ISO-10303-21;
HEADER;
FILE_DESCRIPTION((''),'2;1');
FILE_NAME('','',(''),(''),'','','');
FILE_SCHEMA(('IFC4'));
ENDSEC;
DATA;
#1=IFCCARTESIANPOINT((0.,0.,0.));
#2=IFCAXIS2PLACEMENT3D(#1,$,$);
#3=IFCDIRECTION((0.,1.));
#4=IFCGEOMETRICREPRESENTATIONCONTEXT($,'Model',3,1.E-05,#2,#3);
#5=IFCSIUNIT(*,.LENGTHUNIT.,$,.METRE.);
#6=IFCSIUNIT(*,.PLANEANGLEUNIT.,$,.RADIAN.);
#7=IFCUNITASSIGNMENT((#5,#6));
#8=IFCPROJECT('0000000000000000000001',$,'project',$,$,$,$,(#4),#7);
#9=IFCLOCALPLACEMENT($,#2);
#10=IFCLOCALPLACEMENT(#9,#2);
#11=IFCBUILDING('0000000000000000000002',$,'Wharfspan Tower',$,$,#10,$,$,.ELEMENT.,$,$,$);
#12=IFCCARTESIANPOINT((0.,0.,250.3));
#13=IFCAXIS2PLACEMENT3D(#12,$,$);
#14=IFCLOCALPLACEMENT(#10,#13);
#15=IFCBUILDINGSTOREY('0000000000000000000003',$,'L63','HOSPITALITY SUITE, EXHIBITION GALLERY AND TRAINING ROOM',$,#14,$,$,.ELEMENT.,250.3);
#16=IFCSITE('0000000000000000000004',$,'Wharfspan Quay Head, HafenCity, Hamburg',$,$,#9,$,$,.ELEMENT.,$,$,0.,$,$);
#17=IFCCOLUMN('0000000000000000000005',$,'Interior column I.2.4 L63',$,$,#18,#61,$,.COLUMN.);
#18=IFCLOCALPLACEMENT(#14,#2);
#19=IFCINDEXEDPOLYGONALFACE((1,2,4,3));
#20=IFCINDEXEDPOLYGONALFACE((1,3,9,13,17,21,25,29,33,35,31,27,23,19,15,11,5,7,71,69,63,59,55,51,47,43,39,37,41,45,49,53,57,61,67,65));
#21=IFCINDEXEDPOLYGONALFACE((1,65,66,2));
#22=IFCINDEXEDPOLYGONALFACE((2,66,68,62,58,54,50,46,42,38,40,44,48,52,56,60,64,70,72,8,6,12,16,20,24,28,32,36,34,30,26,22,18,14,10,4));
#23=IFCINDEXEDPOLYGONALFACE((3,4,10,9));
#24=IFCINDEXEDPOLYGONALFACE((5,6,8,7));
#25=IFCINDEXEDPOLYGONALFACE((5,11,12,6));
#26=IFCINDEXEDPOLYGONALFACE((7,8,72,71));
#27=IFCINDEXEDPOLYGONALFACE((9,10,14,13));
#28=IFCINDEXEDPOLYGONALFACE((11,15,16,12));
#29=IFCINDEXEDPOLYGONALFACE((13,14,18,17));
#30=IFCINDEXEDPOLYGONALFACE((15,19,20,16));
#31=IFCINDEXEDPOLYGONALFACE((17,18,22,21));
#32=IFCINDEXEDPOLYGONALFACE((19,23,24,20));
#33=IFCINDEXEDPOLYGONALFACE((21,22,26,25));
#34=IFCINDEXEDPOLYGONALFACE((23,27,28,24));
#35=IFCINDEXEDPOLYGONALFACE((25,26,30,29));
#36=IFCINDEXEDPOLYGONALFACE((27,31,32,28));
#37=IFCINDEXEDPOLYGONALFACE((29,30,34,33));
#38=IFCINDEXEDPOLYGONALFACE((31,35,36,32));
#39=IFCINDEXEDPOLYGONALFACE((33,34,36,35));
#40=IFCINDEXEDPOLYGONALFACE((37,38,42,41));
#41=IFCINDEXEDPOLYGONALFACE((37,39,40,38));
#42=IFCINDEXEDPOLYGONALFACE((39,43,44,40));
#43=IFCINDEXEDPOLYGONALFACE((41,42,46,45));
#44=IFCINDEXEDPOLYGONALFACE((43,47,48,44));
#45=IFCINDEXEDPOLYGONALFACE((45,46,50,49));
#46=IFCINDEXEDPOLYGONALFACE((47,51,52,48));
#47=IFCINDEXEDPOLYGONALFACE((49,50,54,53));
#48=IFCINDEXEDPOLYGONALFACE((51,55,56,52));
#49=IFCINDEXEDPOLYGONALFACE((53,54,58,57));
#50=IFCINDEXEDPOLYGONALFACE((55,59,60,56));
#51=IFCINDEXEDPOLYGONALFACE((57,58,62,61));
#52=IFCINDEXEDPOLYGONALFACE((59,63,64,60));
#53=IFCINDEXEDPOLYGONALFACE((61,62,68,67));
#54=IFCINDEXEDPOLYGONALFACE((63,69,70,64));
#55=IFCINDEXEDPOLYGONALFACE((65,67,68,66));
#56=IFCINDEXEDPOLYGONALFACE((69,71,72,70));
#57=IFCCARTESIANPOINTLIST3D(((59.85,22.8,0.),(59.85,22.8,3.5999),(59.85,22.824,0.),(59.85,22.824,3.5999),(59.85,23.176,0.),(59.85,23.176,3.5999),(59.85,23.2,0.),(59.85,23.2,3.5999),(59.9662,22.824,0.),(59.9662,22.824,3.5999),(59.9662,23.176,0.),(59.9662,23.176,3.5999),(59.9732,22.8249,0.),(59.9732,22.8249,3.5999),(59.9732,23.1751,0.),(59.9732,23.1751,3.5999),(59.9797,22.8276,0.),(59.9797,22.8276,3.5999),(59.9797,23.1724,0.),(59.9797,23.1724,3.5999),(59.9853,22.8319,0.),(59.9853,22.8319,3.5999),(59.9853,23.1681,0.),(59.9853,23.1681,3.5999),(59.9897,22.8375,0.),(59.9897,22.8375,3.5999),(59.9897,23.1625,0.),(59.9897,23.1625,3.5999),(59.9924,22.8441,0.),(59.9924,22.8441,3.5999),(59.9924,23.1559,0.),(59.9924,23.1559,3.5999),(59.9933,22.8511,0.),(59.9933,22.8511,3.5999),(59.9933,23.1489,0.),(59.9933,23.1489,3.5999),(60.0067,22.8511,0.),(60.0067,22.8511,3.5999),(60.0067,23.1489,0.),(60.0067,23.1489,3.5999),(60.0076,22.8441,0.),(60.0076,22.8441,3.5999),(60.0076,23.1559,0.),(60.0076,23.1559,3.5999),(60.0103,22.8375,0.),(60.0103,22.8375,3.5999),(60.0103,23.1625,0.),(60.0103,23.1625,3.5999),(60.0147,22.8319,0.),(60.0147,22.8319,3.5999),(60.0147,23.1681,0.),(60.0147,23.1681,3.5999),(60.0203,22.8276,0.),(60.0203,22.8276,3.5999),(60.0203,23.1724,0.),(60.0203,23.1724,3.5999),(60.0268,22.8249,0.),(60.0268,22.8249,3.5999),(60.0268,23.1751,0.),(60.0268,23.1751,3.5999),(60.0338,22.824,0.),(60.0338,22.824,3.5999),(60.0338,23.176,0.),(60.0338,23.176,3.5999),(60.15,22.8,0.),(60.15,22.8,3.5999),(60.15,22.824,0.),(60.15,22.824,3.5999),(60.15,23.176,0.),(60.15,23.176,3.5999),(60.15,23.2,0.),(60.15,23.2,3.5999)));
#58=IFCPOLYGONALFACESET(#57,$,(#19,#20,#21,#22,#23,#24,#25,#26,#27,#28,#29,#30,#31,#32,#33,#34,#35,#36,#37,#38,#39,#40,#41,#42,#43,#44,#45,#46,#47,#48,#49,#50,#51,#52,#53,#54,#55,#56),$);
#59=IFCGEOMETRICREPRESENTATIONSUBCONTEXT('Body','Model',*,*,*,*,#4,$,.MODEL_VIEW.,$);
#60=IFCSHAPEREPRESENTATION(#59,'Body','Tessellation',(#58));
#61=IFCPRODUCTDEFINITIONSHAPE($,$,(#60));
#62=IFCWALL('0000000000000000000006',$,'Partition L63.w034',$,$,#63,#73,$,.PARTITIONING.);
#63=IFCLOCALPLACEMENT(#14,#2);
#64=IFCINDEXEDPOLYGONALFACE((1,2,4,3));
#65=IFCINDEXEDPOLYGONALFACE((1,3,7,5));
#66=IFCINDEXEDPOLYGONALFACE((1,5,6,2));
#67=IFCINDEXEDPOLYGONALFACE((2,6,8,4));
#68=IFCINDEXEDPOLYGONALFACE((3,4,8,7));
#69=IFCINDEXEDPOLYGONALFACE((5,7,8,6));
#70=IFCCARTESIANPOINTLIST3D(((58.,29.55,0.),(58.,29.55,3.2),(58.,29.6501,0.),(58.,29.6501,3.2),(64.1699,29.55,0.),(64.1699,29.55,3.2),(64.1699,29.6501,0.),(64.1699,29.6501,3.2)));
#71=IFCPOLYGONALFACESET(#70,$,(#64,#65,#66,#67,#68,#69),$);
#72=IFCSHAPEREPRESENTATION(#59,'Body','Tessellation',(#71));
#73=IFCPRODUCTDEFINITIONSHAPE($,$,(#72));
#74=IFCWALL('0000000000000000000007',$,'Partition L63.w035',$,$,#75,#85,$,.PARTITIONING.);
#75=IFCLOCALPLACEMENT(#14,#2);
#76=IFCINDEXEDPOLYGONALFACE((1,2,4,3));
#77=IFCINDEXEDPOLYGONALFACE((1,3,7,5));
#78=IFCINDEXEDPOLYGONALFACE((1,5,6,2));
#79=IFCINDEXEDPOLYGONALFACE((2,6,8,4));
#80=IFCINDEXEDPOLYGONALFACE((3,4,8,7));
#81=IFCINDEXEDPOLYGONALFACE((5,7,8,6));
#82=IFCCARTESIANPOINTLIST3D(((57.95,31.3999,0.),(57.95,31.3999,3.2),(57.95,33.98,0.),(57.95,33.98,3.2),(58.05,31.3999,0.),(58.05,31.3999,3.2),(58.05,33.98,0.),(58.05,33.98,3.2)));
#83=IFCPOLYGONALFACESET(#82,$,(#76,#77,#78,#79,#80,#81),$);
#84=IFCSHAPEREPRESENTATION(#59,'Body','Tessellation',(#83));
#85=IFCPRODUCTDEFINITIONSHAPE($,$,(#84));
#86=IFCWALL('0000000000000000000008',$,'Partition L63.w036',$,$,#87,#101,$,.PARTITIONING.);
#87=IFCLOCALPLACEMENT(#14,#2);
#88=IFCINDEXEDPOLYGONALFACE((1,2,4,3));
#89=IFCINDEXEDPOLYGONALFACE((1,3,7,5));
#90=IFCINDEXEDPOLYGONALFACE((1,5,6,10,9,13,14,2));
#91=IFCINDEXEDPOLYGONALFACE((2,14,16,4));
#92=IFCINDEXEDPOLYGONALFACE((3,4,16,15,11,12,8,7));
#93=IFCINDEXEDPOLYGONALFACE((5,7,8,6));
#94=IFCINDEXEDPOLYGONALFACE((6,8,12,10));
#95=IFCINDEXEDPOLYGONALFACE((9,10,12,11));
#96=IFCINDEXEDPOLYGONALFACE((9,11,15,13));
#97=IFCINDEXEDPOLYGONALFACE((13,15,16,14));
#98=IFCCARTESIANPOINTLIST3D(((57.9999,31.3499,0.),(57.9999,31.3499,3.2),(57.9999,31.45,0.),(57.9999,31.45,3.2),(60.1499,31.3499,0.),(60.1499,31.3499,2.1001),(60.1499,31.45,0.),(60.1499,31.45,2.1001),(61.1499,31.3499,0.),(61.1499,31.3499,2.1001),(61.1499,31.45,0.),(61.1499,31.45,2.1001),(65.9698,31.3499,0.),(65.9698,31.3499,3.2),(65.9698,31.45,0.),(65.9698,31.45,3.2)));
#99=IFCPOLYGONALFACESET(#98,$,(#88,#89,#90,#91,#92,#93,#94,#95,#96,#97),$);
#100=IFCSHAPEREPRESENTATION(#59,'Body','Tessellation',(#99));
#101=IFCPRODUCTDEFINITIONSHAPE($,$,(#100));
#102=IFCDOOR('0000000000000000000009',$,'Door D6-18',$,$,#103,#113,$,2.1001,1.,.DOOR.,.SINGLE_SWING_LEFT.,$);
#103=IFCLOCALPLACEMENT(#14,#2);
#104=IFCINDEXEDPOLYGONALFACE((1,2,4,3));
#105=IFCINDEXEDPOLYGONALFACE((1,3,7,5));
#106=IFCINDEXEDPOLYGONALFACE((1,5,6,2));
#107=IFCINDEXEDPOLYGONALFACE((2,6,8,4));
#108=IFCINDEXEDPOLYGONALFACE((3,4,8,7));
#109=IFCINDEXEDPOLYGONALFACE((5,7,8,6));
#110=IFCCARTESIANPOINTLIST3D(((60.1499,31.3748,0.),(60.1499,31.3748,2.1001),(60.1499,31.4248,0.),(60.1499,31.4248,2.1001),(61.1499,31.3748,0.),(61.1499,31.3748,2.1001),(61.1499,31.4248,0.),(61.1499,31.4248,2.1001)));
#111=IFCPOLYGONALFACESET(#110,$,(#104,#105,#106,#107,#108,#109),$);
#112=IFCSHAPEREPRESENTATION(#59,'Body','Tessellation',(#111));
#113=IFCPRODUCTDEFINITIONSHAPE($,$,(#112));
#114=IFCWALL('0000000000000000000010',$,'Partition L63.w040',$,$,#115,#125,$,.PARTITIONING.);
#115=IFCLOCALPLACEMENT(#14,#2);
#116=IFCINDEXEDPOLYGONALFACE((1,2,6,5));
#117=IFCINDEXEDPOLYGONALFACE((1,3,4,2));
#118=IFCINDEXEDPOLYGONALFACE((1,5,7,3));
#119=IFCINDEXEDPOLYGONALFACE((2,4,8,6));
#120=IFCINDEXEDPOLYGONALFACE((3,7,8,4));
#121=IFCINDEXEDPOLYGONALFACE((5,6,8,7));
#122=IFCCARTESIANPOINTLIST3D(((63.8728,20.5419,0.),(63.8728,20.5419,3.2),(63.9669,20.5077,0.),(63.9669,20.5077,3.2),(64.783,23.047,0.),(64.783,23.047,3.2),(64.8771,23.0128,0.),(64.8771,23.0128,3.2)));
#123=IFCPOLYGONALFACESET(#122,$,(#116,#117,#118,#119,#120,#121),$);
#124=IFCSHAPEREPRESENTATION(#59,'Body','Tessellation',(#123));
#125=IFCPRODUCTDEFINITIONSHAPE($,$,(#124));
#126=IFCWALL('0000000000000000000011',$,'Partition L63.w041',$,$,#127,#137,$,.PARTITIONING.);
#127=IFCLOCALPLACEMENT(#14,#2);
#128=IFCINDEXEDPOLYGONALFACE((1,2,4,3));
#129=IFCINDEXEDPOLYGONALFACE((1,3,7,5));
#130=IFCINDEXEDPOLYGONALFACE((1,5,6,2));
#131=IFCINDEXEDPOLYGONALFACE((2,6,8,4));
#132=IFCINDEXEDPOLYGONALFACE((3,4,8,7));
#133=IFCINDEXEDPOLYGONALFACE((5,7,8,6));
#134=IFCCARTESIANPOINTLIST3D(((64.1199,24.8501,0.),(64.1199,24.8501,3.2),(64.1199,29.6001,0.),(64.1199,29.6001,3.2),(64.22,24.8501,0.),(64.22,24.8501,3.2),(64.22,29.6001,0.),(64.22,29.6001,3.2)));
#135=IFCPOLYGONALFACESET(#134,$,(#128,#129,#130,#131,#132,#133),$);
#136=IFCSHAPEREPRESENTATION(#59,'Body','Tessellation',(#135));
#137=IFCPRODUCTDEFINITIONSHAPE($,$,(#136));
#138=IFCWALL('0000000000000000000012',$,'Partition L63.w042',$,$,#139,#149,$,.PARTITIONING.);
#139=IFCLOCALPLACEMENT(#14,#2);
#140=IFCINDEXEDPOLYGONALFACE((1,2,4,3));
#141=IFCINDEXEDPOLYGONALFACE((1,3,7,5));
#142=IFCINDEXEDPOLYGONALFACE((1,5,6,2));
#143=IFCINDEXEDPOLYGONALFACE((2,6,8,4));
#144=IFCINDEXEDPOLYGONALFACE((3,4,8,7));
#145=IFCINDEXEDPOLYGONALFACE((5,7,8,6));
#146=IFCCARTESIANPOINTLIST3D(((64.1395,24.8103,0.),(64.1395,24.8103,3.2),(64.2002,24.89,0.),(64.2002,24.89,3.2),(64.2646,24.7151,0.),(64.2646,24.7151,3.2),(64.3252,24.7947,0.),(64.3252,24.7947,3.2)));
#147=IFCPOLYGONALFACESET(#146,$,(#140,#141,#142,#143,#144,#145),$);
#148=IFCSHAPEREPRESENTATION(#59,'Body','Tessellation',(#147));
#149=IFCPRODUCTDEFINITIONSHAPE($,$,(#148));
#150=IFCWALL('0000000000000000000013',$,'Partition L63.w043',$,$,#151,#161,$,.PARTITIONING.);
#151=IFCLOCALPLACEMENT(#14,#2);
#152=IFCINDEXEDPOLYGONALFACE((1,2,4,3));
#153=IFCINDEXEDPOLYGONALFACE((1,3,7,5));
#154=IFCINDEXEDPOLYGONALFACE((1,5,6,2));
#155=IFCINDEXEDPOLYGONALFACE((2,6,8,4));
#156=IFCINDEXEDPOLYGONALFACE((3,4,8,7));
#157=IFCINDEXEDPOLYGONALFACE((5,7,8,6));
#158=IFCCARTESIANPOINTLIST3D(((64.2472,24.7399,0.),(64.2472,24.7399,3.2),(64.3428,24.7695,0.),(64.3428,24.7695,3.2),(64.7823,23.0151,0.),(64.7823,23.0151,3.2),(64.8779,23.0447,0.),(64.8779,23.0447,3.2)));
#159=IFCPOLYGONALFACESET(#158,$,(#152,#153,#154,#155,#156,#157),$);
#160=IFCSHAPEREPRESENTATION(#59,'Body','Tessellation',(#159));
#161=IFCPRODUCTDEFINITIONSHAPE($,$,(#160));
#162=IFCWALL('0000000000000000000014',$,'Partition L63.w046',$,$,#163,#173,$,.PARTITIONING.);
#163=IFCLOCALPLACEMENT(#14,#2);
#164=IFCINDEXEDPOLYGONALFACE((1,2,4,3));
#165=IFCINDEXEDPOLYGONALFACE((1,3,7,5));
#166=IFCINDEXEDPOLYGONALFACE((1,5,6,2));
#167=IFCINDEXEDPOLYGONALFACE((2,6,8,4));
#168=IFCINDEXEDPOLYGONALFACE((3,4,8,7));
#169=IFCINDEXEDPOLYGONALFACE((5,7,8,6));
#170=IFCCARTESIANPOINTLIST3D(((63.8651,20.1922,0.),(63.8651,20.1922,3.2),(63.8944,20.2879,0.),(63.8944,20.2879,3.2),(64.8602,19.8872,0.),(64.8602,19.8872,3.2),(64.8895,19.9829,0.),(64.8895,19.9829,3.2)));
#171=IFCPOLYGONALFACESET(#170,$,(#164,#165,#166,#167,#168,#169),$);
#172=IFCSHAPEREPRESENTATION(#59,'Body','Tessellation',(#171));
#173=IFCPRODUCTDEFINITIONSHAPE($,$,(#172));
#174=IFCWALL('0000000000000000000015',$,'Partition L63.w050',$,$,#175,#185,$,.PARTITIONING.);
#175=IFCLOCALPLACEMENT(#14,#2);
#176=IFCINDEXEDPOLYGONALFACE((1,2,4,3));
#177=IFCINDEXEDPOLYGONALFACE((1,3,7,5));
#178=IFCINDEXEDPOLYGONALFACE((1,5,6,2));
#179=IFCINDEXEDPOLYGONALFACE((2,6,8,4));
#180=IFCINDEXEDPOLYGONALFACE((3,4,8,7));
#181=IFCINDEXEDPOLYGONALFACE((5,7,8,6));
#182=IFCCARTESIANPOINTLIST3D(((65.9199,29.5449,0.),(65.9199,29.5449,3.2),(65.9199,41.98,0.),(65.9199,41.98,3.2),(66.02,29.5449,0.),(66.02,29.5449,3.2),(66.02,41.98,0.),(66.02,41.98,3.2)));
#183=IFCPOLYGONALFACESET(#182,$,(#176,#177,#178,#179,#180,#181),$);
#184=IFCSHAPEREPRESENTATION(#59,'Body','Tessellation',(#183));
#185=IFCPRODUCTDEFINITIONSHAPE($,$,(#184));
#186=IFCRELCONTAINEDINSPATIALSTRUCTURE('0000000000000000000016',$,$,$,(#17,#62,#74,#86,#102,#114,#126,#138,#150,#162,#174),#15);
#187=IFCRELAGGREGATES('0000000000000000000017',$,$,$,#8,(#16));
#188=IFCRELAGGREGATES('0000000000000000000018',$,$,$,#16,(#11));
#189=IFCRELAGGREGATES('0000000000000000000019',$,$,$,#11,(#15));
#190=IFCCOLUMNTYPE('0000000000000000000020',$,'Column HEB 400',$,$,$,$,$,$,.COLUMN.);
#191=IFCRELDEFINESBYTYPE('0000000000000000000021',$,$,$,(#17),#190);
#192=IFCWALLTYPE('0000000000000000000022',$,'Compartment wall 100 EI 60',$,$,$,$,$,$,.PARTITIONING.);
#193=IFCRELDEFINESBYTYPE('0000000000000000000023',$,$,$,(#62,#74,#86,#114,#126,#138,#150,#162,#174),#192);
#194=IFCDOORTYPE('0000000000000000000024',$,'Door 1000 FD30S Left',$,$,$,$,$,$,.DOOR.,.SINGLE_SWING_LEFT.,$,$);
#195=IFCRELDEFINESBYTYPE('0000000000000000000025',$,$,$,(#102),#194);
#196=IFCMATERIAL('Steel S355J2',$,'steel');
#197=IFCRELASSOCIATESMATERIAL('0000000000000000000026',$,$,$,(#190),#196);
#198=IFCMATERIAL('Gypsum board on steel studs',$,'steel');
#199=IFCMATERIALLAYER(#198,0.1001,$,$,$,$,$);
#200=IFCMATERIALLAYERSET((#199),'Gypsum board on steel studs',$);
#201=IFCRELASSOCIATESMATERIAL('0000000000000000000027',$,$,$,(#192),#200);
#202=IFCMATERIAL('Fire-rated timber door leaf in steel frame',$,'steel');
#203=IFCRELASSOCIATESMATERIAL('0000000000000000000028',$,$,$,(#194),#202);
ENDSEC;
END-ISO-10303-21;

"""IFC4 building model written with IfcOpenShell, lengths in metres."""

from ifc_helpers import new_model, si_unit, direction, frame, frame_2d, origin, origin_2d, place, context, subcontext, project, spatial, rectangle, i_section, extrude, material, layer, layer_set, material_profile, profile_set, type_object, element, fill, save


model = new_model("IFC4")

# Units and contexts
model_context = context("Model", 3, precision=1e-05, world=origin(), true_north=direction((0.0, 1.0)))
body_context = subcontext(model_context, "Body", "Model", "MODEL_VIEW")
ifc_project = project(units=[si_unit("LENGTHUNIT", "METRE"), si_unit("PLANEANGLEUNIT", "RADIAN")], contexts=[model_context])

# Site, building, storey
site_placement = place(None, origin())
site = spatial("IfcSite", under=ifc_project, at=site_placement, Name="Wharfspan Quay Head, HafenCity, Hamburg", CompositionType="ELEMENT", RefElevation=0.0)
building_placement = place(site_placement, origin())
building = spatial("IfcBuilding", under=site, at=building_placement, Name="Wharfspan Tower", CompositionType="ELEMENT")
storey_placement = place(building_placement, frame((0.0, 0.0, 250.3)))
storey = spatial("IfcBuildingStorey", under=building, at=storey_placement, Name="L63", Description="HOSPITALITY SUITE, EXHIBITION GALLERY AND TRAINING ROOM", CompositionType="ELEMENT", Elevation=250.3)

# Column
ifc_material_1 = material(Name="Steel S355J2", Category="steel")
ifc_material_profile = material_profile(ifc_material_1, i_section(OverallWidth=0.3, OverallDepth=0.3999, WebThickness=0.0134, FlangeThickness=0.0239, FilletRadius=0.0271, at=origin_2d()))
ifc_profile_set = profile_set([ifc_material_profile], Name="Steel S355J2")
column_type = type_object("IfcColumnType", Name="Column HEB 400", PredefinedType="COLUMN", material=ifc_profile_set)
column_placement = place(storey_placement, frame((60.0, 23.0, 0.0), z_axis=(0.0, 0.0, 1.0), x_axis=(1.0, 0.0, 0.0)))
element("IfcColumn", 1, at=column_placement, inside=storey, type_object=column_type, Name="Interior column I.2.4 L63", PredefinedType="COLUMN", context=body_context, shape_type="SweptSolid", body=[
    extrude(i_section(OverallWidth=0.3, OverallDepth=0.3999, WebThickness=0.0134, FlangeThickness=0.0239, FilletRadius=0.0271, at=origin_2d()), origin(), (0.0, 0.0, 1.0), 3.5999),
])

# Walls
ifc_material_2 = material(Name="Gypsum board on steel studs", Category="steel")
ifc_layer_1 = layer(ifc_material_2, 0.1001)
ifc_layer_set_1 = layer_set([ifc_layer_1], Name="Gypsum board on steel studs")
wall_type_1 = type_object("IfcWallType", Name="Compartment wall 100 EI 60", PredefinedType="PARTITIONING", material=ifc_layer_set_1)
wall_1_placement = place(storey_placement, frame((58.0, 29.6001, 0.0), z_axis=(0.0, 0.0, 1.0), x_axis=(1.0, 0.0, 0.0)))
element("IfcWall", 2, at=wall_1_placement, inside=storey, type_object=wall_type_1, Name="Partition L63.w034", PredefinedType="PARTITIONING", context=body_context, shape_type="SweptSolid", body=[
    extrude(rectangle(XDim=6.1699, YDim=0.1001, at=frame_2d((3.085, 0.0))), origin(), (0.0, 0.0, 1.0), 3.2),
])
wall_2_placement = place(storey_placement, frame((58.0, 31.3999, 0.0), z_axis=(0.0, 0.0, 1.0), x_axis=(0.0, 1.0, 0.0)))
element("IfcWall", 3, at=wall_2_placement, inside=storey, type_object=wall_type_1, Name="Partition L63.w035", PredefinedType="PARTITIONING", context=body_context, shape_type="SweptSolid", body=[
    extrude(rectangle(XDim=2.5801, YDim=0.1001, at=frame_2d((1.29, 0.0))), origin(), (0.0, 0.0, 1.0), 3.2),
])

# Wall, opening, door
wall_3_placement = place(storey_placement, frame((58.0, 31.3999, 0.0), z_axis=(0.0, 0.0, 1.0), x_axis=(1.0, 0.0, 0.0)))
wall_3 = element("IfcWall", 4, at=wall_3_placement, inside=storey, type_object=wall_type_1, Name="Partition L63.w036", PredefinedType="PARTITIONING", context=body_context, shape_type="SweptSolid", body=[
    extrude(rectangle(XDim=7.97, YDim=0.1001, at=frame_2d((3.9849, 0.0))), origin(), (0.0, 0.0, 1.0), 3.2),
])
opening_1_placement = place(wall_3_placement, frame((2.1499, 0.0, 0.0)))
opening_1 = element("IfcOpeningElement", 5, at=opening_1_placement, cuts=wall_3, PredefinedType="OPENING", context=body_context, shape_type="SweptSolid", body=[
    extrude(rectangle(XDim=1.0, YDim=2.1001, at=frame_2d((0.5, 1.05))), frame((0.0, 0.0601, 0.0), z_axis=(0.0, -1.0, 0.0), x_axis=(1.0, 0.0, 0.0)), (0.0, 0.0, 1.0), 0.1201),
])
ifc_material_3 = material(Name="Fire-rated timber door leaf in steel frame", Category="steel")
door_type_1 = type_object("IfcDoorType", Name="Door 1000 FD30S Left", OperationType="SINGLE_SWING_LEFT", PredefinedType="DOOR", material=ifc_material_3)
door_1_placement = place(opening_1_placement, origin())
door_1 = element("IfcDoor", 6, at=door_1_placement, inside=storey, type_object=door_type_1, Name="Door D6-18", OperationType="SINGLE_SWING_LEFT", OverallHeight=2.1001, OverallWidth=1.0, PredefinedType="DOOR", context=body_context, shape_type="SweptSolid", body=[
    extrude(rectangle(XDim=1.0, YDim=2.1001, at=frame_2d((0.5, 1.05))), frame((0.0, 0.0249, 0.0), z_axis=(0.0, -1.0, 0.0), x_axis=(1.0, 0.0, 0.0)), (0.0, 0.0, 1.0), 0.05),
])
fill(opening_1, door_1)

# Walls
wall_4_placement = place(storey_placement, frame((63.9199, 20.5249, 0.0), z_axis=(0.0, 0.0, 1.0), x_axis=(0.341478, 0.939889, 0.0)))
element("IfcWall", 7, at=wall_4_placement, inside=storey, type_object=wall_type_1, Name="Partition L63.w040", PredefinedType="PARTITIONING", context=body_context, shape_type="SweptSolid", body=[
    extrude(rectangle(XDim=2.6653, YDim=0.1001, at=frame_2d((1.3325, 0.0))), origin(), (0.0, 0.0, 1.0), 3.2),
])
wall_5_placement = place(storey_placement, frame((64.1699, 24.8501, 0.0), z_axis=(0.0, 0.0, 1.0), x_axis=(0.0, 1.0, 0.0)))
element("IfcWall", 8, at=wall_5_placement, inside=storey, type_object=wall_type_1, Name="Partition L63.w041", PredefinedType="PARTITIONING", context=body_context, shape_type="SweptSolid", body=[
    extrude(rectangle(XDim=4.75, YDim=0.1001, at=frame_2d((2.375, 0.0))), origin(), (0.0, 0.0, 1.0), 3.2),
])
wall_6_placement = place(storey_placement, frame((64.2949, 24.7549, 0.0), z_axis=(0.0, 0.0, 1.0), x_axis=(-0.795501, 0.605948, 0.0)))
element("IfcWall", 9, at=wall_6_placement, inside=storey, type_object=wall_type_1, Name="Partition L63.w042", PredefinedType="PARTITIONING", context=body_context, shape_type="SweptSolid", body=[
    extrude(rectangle(XDim=0.1572, YDim=0.1001, at=frame_2d((0.0786, 0.0))), origin(), (0.0, 0.0, 1.0), 3.2),
])
wall_7_placement = place(storey_placement, frame((64.8301, 23.03, 0.0), z_axis=(0.0, 0.0, 1.0), x_axis=(-0.296328, 0.95509, 0.0)))
element("IfcWall", 10, at=wall_7_placement, inside=storey, type_object=wall_type_1, Name="Partition L63.w043", PredefinedType="PARTITIONING", context=body_context, shape_type="SweptSolid", body=[
    extrude(rectangle(XDim=1.8059, YDim=0.1001, at=frame_2d((0.9028, 0.0))), origin(), (0.0, 0.0, 1.0), 3.2),
])
wall_8_placement = place(storey_placement, frame((64.875, 19.9351, 0.0), z_axis=(0.0, 0.0, 1.0), x_axis=(-0.956114, 0.29298, 0.0)))
element("IfcWall", 11, at=wall_8_placement, inside=storey, type_object=wall_type_1, Name="Partition L63.w046", PredefinedType="PARTITIONING", context=body_context, shape_type="SweptSolid", body=[
    extrude(rectangle(XDim=1.0408, YDim=0.1001, at=frame_2d((0.5205, 0.0))), origin(), (0.0, 0.0, 1.0), 3.2),
])
wall_9_placement = place(storey_placement, frame((65.97, 29.5449, 0.0), z_axis=(0.0, 0.0, 1.0), x_axis=(0.0, 1.0, 0.0)))
element("IfcWall", 12, at=wall_9_placement, inside=storey, type_object=wall_type_1, Name="Partition L63.w050", PredefinedType="PARTITIONING", context=body_context, shape_type="SweptSolid", body=[
    extrude(rectangle(XDim=12.4351, YDim=0.1001, at=frame_2d((6.2175, 0.0))), origin(), (0.0, 0.0, 1.0), 3.2),
])

save(model, "model.ifc")
